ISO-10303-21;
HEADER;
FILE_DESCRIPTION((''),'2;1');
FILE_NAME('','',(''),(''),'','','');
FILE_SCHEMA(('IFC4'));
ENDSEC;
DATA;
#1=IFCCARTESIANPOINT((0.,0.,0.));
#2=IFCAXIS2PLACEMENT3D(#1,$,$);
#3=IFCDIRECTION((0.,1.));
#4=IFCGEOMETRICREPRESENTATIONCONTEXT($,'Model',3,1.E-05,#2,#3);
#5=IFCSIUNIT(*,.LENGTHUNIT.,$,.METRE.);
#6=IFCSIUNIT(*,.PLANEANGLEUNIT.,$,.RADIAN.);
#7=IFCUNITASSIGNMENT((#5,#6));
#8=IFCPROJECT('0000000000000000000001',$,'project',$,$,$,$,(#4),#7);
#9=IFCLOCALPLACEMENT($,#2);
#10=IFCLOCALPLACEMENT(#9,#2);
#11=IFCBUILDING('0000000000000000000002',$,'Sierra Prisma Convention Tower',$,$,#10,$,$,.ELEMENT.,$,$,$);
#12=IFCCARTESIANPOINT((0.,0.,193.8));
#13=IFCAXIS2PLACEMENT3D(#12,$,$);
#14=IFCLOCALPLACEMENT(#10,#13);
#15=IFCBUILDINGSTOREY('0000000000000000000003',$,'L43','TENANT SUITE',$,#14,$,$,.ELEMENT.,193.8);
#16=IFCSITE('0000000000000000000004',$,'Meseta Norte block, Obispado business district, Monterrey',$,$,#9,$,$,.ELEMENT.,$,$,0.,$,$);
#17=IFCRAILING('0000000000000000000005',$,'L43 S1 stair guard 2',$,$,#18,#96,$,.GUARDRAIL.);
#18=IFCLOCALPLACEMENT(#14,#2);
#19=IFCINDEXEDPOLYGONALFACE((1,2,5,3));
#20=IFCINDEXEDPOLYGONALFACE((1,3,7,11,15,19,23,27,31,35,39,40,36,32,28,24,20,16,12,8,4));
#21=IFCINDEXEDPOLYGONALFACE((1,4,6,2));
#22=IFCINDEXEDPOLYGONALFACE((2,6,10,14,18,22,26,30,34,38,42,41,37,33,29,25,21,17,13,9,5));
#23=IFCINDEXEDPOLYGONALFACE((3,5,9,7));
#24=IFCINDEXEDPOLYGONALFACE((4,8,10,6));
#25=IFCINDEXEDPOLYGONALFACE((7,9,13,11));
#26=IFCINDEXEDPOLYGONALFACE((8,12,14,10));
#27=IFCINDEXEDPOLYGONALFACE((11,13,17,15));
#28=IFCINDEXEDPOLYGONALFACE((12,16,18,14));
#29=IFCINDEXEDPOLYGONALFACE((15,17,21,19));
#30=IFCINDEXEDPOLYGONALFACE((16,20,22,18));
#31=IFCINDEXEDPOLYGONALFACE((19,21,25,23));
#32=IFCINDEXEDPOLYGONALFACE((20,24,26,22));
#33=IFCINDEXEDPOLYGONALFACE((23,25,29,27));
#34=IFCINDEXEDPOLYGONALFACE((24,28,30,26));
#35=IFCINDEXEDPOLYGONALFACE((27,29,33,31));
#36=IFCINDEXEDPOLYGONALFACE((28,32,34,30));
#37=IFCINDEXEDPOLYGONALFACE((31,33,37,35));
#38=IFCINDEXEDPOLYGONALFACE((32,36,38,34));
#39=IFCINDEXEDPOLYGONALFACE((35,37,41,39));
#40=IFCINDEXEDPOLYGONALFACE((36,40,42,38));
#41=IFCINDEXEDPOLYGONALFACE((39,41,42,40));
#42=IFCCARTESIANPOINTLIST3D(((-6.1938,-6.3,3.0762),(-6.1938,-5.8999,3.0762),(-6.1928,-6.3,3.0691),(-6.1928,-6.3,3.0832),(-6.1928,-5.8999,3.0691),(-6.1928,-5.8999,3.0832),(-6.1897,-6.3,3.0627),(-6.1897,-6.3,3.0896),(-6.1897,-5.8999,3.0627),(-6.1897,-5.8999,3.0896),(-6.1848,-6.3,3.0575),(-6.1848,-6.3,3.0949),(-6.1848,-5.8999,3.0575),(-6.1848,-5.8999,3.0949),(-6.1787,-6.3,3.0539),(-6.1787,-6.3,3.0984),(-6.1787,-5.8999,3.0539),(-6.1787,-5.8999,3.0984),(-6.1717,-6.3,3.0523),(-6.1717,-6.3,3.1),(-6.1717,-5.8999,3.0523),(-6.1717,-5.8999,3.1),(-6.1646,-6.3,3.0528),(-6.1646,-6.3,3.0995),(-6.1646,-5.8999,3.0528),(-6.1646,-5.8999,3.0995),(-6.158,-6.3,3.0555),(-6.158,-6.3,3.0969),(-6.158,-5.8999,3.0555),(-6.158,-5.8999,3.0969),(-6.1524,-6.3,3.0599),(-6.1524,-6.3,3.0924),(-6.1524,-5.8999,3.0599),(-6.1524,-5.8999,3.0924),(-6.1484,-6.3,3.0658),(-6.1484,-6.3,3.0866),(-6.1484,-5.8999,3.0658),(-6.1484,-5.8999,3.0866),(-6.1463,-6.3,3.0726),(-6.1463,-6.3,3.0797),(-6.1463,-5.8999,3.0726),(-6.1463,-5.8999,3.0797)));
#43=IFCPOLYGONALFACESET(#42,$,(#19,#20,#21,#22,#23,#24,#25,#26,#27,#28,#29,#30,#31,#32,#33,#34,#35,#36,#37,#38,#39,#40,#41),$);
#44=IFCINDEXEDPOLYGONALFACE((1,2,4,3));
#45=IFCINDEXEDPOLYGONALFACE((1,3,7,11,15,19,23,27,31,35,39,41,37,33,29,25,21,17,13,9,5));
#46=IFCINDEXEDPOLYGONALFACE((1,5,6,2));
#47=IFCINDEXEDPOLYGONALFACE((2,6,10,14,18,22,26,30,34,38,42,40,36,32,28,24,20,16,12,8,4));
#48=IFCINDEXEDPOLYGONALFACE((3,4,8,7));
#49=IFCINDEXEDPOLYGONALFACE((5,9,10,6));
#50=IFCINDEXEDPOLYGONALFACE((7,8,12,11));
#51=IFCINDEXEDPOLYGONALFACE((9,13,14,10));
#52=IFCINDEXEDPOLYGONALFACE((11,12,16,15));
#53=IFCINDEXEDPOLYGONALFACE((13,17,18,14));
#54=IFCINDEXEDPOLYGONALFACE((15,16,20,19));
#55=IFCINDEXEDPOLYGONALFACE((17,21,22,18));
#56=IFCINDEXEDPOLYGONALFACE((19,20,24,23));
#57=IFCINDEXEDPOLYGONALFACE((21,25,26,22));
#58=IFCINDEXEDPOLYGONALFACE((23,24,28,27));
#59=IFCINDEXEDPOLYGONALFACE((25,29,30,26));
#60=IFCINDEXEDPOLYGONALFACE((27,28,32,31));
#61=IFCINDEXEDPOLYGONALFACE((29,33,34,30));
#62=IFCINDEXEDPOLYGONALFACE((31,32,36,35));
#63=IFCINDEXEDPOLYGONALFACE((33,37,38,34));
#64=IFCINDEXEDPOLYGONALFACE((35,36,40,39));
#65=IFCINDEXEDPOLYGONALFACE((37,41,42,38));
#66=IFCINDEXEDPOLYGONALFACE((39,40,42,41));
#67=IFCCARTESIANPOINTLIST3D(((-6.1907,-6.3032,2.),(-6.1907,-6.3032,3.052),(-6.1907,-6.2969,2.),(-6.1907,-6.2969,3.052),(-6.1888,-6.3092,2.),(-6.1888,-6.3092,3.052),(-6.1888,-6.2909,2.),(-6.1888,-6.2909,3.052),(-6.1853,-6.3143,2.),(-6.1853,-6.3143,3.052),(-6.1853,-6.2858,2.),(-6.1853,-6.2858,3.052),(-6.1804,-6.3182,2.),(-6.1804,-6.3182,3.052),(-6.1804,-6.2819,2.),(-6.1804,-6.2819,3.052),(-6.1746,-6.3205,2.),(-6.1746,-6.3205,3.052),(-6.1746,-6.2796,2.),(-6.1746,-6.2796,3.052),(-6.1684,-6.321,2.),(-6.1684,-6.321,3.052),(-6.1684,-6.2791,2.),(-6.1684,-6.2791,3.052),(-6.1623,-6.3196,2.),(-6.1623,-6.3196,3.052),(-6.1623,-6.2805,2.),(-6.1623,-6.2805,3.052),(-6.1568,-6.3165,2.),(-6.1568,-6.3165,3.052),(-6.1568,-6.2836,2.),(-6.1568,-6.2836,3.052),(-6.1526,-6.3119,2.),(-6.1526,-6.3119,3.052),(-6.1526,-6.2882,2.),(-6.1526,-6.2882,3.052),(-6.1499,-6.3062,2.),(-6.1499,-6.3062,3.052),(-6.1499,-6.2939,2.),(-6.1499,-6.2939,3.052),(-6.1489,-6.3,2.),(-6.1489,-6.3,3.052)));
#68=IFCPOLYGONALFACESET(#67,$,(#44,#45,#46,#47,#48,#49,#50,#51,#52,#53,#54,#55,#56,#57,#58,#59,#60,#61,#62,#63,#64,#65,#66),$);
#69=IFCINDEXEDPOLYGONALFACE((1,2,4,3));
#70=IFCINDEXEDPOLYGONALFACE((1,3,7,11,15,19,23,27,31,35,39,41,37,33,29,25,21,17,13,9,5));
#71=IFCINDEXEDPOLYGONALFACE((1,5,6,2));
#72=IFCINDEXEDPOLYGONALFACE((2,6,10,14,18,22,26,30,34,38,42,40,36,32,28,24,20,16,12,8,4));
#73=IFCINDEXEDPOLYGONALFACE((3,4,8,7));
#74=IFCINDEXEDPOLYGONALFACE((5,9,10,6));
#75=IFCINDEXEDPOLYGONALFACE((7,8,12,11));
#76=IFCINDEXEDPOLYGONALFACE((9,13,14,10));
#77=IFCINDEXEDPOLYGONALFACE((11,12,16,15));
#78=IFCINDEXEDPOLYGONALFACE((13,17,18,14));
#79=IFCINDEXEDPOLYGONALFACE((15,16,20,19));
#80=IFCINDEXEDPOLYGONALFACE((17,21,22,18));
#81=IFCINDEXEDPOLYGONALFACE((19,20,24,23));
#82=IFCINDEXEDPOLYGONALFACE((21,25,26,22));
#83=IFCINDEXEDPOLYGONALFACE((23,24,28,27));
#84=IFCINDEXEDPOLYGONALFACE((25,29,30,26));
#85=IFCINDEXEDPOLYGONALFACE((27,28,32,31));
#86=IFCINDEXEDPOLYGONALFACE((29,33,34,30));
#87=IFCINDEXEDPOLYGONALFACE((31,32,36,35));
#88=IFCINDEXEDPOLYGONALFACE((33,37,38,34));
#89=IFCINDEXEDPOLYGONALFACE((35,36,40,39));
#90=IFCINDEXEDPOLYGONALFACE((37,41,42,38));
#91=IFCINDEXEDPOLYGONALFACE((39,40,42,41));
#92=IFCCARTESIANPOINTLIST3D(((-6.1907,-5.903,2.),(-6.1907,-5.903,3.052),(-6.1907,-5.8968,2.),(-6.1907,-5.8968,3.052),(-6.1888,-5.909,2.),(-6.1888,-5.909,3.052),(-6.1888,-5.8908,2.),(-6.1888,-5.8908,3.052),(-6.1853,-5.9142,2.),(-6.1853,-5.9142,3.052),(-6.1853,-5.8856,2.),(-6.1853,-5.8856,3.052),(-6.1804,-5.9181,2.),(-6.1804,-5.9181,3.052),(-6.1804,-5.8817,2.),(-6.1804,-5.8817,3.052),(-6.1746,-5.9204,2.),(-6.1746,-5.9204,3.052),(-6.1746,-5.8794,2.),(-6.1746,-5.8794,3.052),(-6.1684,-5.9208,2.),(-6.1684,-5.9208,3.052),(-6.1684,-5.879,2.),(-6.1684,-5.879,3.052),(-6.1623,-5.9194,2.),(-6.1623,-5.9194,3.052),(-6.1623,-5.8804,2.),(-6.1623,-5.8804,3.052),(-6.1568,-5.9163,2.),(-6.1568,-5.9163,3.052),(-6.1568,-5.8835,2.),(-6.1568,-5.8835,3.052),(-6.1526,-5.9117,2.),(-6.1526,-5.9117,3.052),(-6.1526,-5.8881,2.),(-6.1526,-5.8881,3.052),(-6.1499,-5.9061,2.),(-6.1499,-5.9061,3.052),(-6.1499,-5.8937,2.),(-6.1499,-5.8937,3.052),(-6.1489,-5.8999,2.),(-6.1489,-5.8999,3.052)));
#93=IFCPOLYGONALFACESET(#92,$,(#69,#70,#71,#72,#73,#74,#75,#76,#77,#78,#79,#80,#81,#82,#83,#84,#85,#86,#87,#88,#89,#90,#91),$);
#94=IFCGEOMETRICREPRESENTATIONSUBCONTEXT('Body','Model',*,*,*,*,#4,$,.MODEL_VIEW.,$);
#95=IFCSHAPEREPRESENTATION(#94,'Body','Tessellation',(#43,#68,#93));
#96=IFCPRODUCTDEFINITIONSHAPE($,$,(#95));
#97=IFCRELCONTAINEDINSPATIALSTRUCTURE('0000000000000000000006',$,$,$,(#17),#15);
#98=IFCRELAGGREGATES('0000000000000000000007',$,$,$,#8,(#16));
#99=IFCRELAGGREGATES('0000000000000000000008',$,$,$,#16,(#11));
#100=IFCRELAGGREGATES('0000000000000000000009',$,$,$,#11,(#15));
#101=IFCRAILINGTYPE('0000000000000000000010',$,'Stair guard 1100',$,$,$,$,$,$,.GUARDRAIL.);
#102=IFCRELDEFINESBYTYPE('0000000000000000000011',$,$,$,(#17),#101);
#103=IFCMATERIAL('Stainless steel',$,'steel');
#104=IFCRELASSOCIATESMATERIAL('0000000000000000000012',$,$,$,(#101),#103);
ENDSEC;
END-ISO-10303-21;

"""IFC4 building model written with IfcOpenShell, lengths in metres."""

from ifc_helpers import new_model, si_unit, direction, frame, origin, origin_2d, place, context, subcontext, project, spatial, circle, extrude, material, type_object, element, save


model = new_model("IFC4")

# Units and contexts
model_context = context("Model", 3, precision=1e-05, world=origin(), true_north=direction((0.0, 1.0)))
body_context = subcontext(model_context, "Body", "Model", "MODEL_VIEW")
ifc_project = project(units=[si_unit("LENGTHUNIT", "METRE"), si_unit("PLANEANGLEUNIT", "RADIAN")], contexts=[model_context])

# Site, building, storey
site_placement = place(None, origin())
site = spatial("IfcSite", under=ifc_project, at=site_placement, Name="Meseta Norte block, Obispado business district, Monterrey", CompositionType="ELEMENT", RefElevation=0.0)
building_placement = place(site_placement, origin())
building = spatial("IfcBuilding", under=site, at=building_placement, Name="Sierra Prisma Convention Tower", CompositionType="ELEMENT")
storey_placement = place(building_placement, frame((0.0, 0.0, 193.8)))
storey = spatial("IfcBuildingStorey", under=building, at=storey_placement, Name="L43", Description="TENANT SUITE", CompositionType="ELEMENT", Elevation=193.8)

# Railing
ifc_material_1 = material(Name="Stainless steel", Category="steel")
railing_type_1 = type_object("IfcRailingType", Name="Stair guard 1100", PredefinedType="GUARDRAIL", material=ifc_material_1)
railing_1_placement = place(storey_placement, frame((-6.1699, -6.3, 2.0)))
element("IfcRailing", 1, at=railing_1_placement, inside=storey, type_object=railing_type_1, Name="L43 S1 stair guard 2", PredefinedType="GUARDRAIL", context=body_context, shape_type="SweptSolid", body=[
    extrude(circle(Radius=0.0239, at=origin_2d()), frame((0.0, 0.0, 1.0762), z_axis=(0.0, 1.0, 0.0), x_axis=(-1.0, 0.0, 0.0)), (0.0, 0.0, 1.0), 0.4001),
    extrude(circle(Radius=0.021, at=origin_2d()), origin(), (0.0, 0.0, 1.0), 1.052),
    extrude(circle(Radius=0.021, at=origin_2d()), frame((0.0, 0.4001, 0.0)), (0.0, 0.0, 1.0), 1.052),
])

save(model, "model.ifc")
